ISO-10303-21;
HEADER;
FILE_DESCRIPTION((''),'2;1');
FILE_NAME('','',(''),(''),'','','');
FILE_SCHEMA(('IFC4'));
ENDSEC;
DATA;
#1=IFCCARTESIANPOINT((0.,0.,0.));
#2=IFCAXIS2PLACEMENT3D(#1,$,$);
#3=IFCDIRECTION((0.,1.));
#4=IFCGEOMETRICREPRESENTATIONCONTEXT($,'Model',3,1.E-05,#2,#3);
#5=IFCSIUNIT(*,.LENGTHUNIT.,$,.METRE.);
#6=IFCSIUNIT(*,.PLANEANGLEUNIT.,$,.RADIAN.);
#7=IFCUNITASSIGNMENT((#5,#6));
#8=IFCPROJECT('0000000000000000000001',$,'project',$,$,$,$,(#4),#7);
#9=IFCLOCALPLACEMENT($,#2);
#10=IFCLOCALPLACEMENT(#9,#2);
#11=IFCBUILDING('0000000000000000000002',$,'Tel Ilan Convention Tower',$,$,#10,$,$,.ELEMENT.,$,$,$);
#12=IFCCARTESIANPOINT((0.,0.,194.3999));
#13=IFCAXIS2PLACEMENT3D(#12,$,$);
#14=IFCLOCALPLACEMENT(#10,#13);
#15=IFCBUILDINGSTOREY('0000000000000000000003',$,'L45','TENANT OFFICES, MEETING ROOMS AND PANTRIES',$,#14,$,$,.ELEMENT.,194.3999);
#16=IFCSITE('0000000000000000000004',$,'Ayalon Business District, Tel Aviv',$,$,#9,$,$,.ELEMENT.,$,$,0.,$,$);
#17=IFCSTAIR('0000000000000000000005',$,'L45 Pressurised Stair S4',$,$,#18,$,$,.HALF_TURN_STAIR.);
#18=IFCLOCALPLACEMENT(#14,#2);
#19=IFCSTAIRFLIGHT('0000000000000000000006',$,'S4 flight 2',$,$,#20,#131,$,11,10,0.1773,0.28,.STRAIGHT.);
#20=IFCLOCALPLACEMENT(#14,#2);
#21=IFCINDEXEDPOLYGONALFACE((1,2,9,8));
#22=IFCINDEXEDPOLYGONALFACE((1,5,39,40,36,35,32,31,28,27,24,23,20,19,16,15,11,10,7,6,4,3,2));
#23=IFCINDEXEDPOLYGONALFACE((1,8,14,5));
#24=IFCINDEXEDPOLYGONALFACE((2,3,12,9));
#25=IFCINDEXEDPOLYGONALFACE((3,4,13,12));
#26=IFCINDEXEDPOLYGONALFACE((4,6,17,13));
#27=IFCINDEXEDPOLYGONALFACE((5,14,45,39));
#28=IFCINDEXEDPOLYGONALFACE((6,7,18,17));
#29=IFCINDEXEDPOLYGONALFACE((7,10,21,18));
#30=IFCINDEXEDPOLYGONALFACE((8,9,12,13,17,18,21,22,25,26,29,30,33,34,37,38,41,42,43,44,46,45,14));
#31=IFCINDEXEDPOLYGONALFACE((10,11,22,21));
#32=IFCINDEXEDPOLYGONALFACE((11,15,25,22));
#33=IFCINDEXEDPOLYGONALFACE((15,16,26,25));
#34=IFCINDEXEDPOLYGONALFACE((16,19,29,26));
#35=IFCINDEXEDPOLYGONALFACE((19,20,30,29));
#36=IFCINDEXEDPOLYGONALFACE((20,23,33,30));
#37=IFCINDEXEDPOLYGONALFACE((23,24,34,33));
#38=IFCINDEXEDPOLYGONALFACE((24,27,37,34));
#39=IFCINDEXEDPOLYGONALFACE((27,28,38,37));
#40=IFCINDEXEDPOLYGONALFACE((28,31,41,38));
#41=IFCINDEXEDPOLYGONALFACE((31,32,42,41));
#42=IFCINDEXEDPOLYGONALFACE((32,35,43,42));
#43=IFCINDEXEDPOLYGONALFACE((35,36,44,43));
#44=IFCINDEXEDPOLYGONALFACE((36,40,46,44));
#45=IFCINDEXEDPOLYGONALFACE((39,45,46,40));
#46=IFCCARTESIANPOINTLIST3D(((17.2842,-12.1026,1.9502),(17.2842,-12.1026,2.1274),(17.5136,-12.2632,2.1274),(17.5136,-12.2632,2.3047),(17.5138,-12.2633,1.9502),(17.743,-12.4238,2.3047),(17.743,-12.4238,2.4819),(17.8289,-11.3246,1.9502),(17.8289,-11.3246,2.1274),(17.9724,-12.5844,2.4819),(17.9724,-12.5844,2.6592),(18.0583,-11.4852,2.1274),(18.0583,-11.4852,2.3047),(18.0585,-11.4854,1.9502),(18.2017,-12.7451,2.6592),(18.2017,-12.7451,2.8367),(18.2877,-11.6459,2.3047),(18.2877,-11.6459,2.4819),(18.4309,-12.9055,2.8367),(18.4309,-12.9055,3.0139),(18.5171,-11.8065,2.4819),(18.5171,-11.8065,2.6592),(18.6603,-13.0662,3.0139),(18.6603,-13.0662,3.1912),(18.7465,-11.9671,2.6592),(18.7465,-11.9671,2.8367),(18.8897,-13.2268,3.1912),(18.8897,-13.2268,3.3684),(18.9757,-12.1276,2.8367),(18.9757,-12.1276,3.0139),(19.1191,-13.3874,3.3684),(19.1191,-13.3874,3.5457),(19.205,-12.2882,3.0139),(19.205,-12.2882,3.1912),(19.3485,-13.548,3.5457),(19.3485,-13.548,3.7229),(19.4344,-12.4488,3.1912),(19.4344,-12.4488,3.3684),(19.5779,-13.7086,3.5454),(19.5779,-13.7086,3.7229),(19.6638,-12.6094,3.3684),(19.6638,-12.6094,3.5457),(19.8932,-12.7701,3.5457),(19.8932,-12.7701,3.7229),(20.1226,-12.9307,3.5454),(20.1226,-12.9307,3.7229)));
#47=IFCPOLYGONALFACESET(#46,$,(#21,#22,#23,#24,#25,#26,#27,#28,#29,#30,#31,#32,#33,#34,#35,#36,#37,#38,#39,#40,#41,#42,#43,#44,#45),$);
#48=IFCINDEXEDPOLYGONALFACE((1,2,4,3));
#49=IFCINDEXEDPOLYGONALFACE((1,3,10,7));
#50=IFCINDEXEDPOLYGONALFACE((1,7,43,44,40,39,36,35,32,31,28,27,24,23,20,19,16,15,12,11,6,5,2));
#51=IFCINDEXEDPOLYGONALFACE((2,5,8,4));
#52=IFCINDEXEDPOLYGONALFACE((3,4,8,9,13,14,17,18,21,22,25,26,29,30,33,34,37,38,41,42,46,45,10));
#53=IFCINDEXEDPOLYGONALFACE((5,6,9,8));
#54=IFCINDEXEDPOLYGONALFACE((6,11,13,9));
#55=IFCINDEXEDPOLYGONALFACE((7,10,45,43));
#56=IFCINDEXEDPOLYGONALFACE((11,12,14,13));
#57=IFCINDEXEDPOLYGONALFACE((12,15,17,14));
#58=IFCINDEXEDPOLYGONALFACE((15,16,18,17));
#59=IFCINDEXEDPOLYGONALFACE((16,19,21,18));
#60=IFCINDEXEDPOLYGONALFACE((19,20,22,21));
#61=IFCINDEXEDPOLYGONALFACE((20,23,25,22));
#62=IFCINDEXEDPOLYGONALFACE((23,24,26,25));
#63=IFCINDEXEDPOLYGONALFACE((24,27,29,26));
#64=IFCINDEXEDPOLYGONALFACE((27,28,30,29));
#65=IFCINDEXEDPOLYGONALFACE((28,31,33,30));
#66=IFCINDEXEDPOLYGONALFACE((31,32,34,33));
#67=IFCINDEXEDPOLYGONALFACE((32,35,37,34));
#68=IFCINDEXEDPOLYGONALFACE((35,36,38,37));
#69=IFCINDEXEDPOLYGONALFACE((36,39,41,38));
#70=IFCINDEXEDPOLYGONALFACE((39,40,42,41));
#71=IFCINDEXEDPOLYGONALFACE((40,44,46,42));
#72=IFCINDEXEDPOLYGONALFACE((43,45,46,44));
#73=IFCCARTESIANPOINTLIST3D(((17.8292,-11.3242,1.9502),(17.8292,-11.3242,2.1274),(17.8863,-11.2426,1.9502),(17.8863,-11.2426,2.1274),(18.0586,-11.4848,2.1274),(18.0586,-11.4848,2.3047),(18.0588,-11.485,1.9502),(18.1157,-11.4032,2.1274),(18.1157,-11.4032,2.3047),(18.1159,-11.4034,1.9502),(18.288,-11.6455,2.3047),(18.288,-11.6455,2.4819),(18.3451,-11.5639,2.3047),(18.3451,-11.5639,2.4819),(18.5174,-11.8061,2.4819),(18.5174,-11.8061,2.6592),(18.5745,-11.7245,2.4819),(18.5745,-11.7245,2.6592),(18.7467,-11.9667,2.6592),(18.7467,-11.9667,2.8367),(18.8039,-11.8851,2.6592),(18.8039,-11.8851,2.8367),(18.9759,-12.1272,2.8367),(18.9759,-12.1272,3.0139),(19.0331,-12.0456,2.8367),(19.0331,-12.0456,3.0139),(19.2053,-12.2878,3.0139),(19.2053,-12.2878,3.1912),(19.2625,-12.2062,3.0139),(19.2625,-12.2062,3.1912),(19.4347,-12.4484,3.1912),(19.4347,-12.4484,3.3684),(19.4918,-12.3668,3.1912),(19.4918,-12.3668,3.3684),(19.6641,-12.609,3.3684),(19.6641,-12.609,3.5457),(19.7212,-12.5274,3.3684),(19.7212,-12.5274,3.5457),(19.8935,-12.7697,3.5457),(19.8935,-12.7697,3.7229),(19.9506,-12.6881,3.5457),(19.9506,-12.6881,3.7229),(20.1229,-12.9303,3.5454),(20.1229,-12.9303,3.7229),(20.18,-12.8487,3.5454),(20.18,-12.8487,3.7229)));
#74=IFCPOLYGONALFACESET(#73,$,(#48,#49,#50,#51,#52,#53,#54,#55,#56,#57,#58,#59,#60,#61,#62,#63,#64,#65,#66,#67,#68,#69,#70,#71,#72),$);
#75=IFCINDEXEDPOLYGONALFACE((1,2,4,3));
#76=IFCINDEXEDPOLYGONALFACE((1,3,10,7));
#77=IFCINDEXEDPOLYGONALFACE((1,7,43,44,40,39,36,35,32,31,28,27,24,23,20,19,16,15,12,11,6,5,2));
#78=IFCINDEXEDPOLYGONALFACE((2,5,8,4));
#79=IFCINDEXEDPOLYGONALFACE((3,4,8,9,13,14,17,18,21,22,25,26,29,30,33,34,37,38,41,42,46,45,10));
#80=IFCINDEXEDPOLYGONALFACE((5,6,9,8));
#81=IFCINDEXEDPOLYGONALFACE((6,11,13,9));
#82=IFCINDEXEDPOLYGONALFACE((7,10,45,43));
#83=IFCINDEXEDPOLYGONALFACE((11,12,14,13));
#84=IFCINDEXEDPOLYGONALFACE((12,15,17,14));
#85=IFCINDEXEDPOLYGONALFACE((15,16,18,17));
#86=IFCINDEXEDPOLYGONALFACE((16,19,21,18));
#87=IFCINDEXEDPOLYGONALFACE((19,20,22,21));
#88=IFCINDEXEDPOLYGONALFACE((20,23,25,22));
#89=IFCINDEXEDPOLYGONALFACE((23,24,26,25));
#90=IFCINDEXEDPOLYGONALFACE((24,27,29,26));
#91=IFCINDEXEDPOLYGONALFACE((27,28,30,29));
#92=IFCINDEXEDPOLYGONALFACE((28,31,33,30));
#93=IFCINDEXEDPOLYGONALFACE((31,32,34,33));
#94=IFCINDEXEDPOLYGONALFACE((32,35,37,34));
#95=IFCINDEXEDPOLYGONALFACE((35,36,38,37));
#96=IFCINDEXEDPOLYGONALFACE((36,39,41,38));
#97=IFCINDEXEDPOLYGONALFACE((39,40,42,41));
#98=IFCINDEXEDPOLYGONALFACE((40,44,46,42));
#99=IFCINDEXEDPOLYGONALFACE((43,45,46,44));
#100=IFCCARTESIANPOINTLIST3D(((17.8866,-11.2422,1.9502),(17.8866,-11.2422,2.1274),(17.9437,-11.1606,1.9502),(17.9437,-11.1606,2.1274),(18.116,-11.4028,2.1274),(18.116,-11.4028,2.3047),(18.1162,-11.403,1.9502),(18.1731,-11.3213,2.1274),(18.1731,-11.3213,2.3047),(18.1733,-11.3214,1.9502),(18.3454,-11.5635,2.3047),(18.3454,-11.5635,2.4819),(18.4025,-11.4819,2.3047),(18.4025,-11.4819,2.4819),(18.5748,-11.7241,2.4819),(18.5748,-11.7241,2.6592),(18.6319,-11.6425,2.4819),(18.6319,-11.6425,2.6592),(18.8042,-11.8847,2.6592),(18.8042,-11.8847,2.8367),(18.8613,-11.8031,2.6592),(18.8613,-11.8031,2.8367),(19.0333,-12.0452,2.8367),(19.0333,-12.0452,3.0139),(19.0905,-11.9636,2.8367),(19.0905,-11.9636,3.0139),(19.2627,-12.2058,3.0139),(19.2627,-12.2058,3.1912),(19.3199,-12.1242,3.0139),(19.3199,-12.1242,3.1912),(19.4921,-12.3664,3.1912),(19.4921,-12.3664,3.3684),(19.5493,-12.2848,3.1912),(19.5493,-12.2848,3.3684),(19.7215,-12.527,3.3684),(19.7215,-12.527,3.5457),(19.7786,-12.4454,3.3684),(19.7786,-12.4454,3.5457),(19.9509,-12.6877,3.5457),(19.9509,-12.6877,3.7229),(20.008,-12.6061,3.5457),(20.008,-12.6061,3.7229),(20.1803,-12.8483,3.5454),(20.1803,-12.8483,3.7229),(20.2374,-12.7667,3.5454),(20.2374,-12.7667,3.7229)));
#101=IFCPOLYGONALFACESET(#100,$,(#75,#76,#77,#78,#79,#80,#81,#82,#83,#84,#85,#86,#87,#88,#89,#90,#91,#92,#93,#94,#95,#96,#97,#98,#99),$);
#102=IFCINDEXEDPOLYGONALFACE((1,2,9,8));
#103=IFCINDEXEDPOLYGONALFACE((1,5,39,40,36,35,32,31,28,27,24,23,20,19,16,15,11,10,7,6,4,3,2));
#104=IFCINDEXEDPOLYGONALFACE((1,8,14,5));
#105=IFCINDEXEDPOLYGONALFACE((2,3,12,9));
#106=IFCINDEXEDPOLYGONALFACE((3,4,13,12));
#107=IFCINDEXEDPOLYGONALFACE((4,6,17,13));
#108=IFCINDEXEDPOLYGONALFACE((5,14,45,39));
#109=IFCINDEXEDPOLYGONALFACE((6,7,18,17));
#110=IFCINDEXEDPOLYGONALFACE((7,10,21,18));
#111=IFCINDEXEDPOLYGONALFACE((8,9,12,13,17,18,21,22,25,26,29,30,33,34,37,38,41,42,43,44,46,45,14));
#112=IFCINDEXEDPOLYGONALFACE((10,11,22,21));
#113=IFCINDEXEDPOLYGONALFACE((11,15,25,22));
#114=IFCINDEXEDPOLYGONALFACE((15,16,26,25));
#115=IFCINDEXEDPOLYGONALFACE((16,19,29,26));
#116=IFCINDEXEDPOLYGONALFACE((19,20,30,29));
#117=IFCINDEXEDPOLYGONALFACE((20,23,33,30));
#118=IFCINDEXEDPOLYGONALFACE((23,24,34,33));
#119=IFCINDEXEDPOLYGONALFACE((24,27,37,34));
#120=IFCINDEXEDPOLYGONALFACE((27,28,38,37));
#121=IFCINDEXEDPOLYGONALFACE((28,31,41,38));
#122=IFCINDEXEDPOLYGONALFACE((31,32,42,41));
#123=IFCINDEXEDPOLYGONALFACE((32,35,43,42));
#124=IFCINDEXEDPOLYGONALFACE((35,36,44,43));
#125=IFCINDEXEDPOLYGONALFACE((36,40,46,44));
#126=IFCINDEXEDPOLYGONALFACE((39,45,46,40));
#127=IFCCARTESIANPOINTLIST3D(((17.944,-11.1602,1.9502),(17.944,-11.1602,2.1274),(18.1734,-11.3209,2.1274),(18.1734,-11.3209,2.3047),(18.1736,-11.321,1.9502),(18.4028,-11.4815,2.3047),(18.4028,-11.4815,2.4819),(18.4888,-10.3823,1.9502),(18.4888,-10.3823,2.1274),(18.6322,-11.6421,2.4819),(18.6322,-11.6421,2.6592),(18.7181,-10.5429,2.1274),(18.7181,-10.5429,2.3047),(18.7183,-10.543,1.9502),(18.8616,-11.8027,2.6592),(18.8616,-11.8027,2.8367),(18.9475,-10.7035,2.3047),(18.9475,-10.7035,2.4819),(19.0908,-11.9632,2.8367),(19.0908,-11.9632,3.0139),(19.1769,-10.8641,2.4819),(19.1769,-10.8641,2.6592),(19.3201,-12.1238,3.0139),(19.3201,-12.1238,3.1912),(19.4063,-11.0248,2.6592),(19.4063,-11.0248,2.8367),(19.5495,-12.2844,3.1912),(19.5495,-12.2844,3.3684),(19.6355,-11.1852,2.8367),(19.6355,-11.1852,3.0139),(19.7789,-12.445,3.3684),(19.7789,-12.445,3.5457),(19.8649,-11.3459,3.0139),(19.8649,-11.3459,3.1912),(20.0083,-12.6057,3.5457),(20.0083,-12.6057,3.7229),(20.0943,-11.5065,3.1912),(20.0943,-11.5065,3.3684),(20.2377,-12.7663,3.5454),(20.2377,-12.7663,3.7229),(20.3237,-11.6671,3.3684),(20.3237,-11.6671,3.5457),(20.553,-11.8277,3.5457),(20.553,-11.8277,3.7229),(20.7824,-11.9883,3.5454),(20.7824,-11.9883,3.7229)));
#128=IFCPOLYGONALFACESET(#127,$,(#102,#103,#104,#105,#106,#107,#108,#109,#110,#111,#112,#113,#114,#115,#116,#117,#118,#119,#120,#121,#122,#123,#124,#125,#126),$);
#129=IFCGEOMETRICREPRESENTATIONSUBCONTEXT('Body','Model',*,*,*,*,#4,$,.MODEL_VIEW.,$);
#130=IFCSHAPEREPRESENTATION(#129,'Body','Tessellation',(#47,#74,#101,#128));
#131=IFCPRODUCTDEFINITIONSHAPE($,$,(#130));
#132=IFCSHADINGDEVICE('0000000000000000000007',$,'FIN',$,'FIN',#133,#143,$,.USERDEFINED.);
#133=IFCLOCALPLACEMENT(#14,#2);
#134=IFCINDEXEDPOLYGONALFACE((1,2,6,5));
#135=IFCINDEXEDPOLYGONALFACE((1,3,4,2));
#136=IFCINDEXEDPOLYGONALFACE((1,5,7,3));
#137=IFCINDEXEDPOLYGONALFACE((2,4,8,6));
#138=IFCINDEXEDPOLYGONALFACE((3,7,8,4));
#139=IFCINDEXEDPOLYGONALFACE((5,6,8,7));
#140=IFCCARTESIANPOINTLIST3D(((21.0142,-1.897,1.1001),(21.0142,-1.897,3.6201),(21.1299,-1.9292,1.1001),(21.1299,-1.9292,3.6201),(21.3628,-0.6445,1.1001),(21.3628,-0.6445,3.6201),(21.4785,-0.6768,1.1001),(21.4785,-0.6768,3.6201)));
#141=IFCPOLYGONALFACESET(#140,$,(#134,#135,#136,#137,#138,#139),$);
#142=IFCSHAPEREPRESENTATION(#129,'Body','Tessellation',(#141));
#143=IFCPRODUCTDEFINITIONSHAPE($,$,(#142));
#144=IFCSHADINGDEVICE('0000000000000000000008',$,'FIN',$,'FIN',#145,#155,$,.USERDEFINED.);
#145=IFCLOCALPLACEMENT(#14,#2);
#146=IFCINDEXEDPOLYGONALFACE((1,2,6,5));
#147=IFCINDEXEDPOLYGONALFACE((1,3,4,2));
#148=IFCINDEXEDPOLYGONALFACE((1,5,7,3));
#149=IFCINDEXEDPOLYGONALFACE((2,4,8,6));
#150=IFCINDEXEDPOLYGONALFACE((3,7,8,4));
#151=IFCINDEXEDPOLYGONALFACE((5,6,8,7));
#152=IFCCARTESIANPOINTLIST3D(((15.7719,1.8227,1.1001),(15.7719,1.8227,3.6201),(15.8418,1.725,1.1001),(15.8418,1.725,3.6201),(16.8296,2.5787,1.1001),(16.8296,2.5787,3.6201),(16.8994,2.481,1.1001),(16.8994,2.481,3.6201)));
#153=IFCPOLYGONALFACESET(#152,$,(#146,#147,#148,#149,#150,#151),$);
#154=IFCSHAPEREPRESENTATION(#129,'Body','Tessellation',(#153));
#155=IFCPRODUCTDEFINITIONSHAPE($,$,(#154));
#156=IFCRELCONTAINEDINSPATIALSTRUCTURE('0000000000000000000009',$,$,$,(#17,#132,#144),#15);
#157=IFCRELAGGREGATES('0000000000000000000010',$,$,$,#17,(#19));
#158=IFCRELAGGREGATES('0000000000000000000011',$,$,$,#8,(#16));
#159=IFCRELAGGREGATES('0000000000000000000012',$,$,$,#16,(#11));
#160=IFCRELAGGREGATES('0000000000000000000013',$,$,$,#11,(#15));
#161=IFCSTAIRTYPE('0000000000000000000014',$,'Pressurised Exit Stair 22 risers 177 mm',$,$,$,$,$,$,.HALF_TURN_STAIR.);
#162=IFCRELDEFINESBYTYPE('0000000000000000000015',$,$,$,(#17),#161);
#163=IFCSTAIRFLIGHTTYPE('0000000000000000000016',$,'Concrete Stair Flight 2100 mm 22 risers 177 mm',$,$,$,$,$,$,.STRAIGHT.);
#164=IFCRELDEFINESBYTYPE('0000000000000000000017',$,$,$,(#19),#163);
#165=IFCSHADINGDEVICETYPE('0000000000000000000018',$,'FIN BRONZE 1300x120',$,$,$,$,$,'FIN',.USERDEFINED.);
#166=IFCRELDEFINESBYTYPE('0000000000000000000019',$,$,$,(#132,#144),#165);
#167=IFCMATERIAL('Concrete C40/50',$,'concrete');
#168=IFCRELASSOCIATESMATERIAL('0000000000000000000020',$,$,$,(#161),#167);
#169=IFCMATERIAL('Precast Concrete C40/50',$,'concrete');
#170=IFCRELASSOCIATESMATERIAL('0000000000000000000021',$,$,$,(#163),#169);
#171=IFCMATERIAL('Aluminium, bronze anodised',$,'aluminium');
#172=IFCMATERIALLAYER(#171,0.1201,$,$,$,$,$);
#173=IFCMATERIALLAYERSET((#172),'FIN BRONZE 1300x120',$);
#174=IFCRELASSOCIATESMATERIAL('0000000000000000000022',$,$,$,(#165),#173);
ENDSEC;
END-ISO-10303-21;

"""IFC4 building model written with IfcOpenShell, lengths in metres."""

from ifc_helpers import new_model, si_unit, direction, frame, origin, origin_2d, place, context, subcontext, project, spatial, polyline, rectangle, outline, extrude, material, layer, layer_set, type_object, element, aggregate, save


model = new_model("IFC4")

# Units and contexts
model_context = context("Model", 3, precision=1e-05, world=origin(), true_north=direction((0.0, 1.0)))
body_context = subcontext(model_context, "Body", "Model", "MODEL_VIEW")
ifc_project = project(units=[si_unit("LENGTHUNIT", "METRE"), si_unit("PLANEANGLEUNIT", "RADIAN")], contexts=[model_context])

# Site, building, storey
site_placement = place(None, origin())
site = spatial("IfcSite", under=ifc_project, at=site_placement, Name="Ayalon Business District, Tel Aviv", CompositionType="ELEMENT", RefElevation=0.0)
building_placement = place(site_placement, origin())
building = spatial("IfcBuilding", under=site, at=building_placement, Name="Tel Ilan Convention Tower", CompositionType="ELEMENT")
storey_placement = place(building_placement, frame((0.0, 0.0, 194.3999)))
storey = spatial("IfcBuildingStorey", under=building, at=storey_placement, Name="L45", Description="TENANT OFFICES, MEETING ROOMS AND PANTRIES", CompositionType="ELEMENT", Elevation=194.3999)

# Shared definitions
ifc_material_1 = material(Name="Concrete C40/50", Category="concrete")
stair_type = type_object("IfcStairType", Name="Pressurised Exit Stair 22 risers 177 mm", PredefinedType="HALF_TURN_STAIR", material=ifc_material_1)
ifc_material_2 = material(Name="Precast Concrete C40/50", Category="concrete")
stair_flight_type = type_object("IfcStairFlightType", Name="Concrete Stair Flight 2100 mm 22 risers 177 mm", PredefinedType="STRAIGHT", material=ifc_material_2)

# Stair, stair flight
stair_1_placement = place(storey_placement, origin())
stair_1 = element("IfcStair", 1, at=stair_1_placement, inside=storey, type_object=stair_type, Name="L45 Pressurised Stair S4", PredefinedType="HALF_TURN_STAIR")
stair_flight_1_placement = place(storey_placement, frame((17.8865, -11.2424, 1.9502), z_axis=(0.0, 0.0, 1.0), x_axis=(0.819152, -0.573576, 0.0)))
stair_flight_1 = element("IfcStairFlight", 2, at=stair_flight_1_placement, type_object=stair_flight_type, Name="S4 flight 2", NumberOfRisers=11, NumberOfTreads=10, PredefinedType="STRAIGHT", RiserHeight=0.1773, TreadLength=0.28, context=body_context, shape_type="SweptSolid", body=[
    extrude(outline(polyline([(0.0, 0.0), (0.0, 0.1772), (0.28, 0.1772), (0.28, 0.3545), (0.5601, 0.3545), (0.5601, 0.5317), (0.8401, 0.5317), (0.8401, 0.709), (1.1201, 0.709), (1.1201, 0.8865), (1.3999, 0.8865), (1.3999, 1.0637), (1.6799, 1.0637), (1.6799, 1.241), (1.96, 1.241), (1.96, 1.4182), (2.24, 1.4182), (2.24, 1.5955), (2.52, 1.5955), (2.52, 1.7727), (2.8, 1.7727), (2.8, 1.95), (2.8, 1.5952), (0.2803, 0.0), (0.0, 0.0)])), frame((0.0, -0.1003, 0.0), z_axis=(0.0, -1.0, 0.0), x_axis=(1.0, 0.0, 0.0)), (0.0, 0.0, 1.0), 0.9497),
    extrude(outline(polyline([(0.0, 0.0), (0.0, 0.1772), (0.28, 0.1772), (0.28, 0.3545), (0.5601, 0.3545), (0.5601, 0.5317), (0.8401, 0.5317), (0.8401, 0.709), (1.1201, 0.709), (1.1201, 0.8865), (1.3999, 0.8865), (1.3999, 1.0637), (1.6799, 1.0637), (1.6799, 1.241), (1.96, 1.241), (1.96, 1.4182), (2.24, 1.4182), (2.24, 1.5955), (2.52, 1.5955), (2.52, 1.7727), (2.8, 1.7727), (2.8, 1.95), (2.8, 1.5952), (0.2803, 0.0), (0.0, 0.0)])), frame((0.0, -0.0002, 0.0), z_axis=(0.0, -1.0, 0.0), x_axis=(1.0, 0.0, 0.0)), (0.0, 0.0, 1.0), 0.0996),
    extrude(outline(polyline([(0.0, 0.0), (0.0, 0.1772), (0.28, 0.1772), (0.28, 0.3545), (0.5601, 0.3545), (0.5601, 0.5317), (0.8401, 0.5317), (0.8401, 0.709), (1.1201, 0.709), (1.1201, 0.8865), (1.3999, 0.8865), (1.3999, 1.0637), (1.6799, 1.0637), (1.6799, 1.241), (1.96, 1.241), (1.96, 1.4182), (2.24, 1.4182), (2.24, 1.5955), (2.52, 1.5955), (2.52, 1.7727), (2.8, 1.7727), (2.8, 1.95), (2.8, 1.5952), (0.2803, 0.0), (0.0, 0.0)])), frame((0.0, 0.0999, 0.0), z_axis=(0.0, -1.0, 0.0), x_axis=(1.0, 0.0, 0.0)), (0.0, 0.0, 1.0), 0.0996),
    extrude(outline(polyline([(0.0, 0.0), (0.0, 0.1772), (0.28, 0.1772), (0.28, 0.3545), (0.5601, 0.3545), (0.5601, 0.5317), (0.8401, 0.5317), (0.8401, 0.709), (1.1201, 0.709), (1.1201, 0.8865), (1.3999, 0.8865), (1.3999, 1.0637), (1.6799, 1.0637), (1.6799, 1.241), (1.96, 1.241), (1.96, 1.4182), (2.24, 1.4182), (2.24, 1.5955), (2.52, 1.5955), (2.52, 1.7727), (2.8, 1.7727), (2.8, 1.95), (2.8, 1.5952), (0.2803, 0.0), (0.0, 0.0)])), frame((0.0, 1.05, 0.0), z_axis=(0.0, -1.0, 0.0), x_axis=(1.0, 0.0, 0.0)), (0.0, 0.0, 1.0), 0.9497),
])
aggregate(stair_1, [stair_flight_1])

# Shading devices
ifc_material_3 = material(Name="Aluminium, bronze anodised", Category="aluminium")
ifc_layer_1 = layer(ifc_material_3, 0.1201)
ifc_layer_set_1 = layer_set([ifc_layer_1], Name="FIN BRONZE 1300x120")
shading_device_type = type_object("IfcShadingDeviceType", Name="FIN BRONZE 1300x120", ElementType="FIN", PredefinedType="USERDEFINED", material=ifc_layer_set_1)
for number, where, z_axis, x_axis, name in (
    (3, (21.2463, -1.2869, 1.1001), (0.0, 0.0, 1.0), (0.268173, 0.963371, 0.0), "FIN"),
    (4, (16.3357, 2.1519, 1.1001), (0.0, 0.0, 1.0), (0.813552, 0.581492, 0.0), "FIN"),
):
    element("IfcShadingDevice", number, at=place(storey_placement, frame(where, z_axis=z_axis, x_axis=x_axis)), inside=storey, type_object=shading_device_type, Name=name, ObjectType="FIN", PredefinedType="USERDEFINED", context=body_context, shape_type="SweptSolid", body=[
        extrude(rectangle(XDim=1.3, YDim=0.1201, at=origin_2d()), origin(), (0.0, 0.0, 1.0), 2.52),
    ])

save(model, "model.ifc")
